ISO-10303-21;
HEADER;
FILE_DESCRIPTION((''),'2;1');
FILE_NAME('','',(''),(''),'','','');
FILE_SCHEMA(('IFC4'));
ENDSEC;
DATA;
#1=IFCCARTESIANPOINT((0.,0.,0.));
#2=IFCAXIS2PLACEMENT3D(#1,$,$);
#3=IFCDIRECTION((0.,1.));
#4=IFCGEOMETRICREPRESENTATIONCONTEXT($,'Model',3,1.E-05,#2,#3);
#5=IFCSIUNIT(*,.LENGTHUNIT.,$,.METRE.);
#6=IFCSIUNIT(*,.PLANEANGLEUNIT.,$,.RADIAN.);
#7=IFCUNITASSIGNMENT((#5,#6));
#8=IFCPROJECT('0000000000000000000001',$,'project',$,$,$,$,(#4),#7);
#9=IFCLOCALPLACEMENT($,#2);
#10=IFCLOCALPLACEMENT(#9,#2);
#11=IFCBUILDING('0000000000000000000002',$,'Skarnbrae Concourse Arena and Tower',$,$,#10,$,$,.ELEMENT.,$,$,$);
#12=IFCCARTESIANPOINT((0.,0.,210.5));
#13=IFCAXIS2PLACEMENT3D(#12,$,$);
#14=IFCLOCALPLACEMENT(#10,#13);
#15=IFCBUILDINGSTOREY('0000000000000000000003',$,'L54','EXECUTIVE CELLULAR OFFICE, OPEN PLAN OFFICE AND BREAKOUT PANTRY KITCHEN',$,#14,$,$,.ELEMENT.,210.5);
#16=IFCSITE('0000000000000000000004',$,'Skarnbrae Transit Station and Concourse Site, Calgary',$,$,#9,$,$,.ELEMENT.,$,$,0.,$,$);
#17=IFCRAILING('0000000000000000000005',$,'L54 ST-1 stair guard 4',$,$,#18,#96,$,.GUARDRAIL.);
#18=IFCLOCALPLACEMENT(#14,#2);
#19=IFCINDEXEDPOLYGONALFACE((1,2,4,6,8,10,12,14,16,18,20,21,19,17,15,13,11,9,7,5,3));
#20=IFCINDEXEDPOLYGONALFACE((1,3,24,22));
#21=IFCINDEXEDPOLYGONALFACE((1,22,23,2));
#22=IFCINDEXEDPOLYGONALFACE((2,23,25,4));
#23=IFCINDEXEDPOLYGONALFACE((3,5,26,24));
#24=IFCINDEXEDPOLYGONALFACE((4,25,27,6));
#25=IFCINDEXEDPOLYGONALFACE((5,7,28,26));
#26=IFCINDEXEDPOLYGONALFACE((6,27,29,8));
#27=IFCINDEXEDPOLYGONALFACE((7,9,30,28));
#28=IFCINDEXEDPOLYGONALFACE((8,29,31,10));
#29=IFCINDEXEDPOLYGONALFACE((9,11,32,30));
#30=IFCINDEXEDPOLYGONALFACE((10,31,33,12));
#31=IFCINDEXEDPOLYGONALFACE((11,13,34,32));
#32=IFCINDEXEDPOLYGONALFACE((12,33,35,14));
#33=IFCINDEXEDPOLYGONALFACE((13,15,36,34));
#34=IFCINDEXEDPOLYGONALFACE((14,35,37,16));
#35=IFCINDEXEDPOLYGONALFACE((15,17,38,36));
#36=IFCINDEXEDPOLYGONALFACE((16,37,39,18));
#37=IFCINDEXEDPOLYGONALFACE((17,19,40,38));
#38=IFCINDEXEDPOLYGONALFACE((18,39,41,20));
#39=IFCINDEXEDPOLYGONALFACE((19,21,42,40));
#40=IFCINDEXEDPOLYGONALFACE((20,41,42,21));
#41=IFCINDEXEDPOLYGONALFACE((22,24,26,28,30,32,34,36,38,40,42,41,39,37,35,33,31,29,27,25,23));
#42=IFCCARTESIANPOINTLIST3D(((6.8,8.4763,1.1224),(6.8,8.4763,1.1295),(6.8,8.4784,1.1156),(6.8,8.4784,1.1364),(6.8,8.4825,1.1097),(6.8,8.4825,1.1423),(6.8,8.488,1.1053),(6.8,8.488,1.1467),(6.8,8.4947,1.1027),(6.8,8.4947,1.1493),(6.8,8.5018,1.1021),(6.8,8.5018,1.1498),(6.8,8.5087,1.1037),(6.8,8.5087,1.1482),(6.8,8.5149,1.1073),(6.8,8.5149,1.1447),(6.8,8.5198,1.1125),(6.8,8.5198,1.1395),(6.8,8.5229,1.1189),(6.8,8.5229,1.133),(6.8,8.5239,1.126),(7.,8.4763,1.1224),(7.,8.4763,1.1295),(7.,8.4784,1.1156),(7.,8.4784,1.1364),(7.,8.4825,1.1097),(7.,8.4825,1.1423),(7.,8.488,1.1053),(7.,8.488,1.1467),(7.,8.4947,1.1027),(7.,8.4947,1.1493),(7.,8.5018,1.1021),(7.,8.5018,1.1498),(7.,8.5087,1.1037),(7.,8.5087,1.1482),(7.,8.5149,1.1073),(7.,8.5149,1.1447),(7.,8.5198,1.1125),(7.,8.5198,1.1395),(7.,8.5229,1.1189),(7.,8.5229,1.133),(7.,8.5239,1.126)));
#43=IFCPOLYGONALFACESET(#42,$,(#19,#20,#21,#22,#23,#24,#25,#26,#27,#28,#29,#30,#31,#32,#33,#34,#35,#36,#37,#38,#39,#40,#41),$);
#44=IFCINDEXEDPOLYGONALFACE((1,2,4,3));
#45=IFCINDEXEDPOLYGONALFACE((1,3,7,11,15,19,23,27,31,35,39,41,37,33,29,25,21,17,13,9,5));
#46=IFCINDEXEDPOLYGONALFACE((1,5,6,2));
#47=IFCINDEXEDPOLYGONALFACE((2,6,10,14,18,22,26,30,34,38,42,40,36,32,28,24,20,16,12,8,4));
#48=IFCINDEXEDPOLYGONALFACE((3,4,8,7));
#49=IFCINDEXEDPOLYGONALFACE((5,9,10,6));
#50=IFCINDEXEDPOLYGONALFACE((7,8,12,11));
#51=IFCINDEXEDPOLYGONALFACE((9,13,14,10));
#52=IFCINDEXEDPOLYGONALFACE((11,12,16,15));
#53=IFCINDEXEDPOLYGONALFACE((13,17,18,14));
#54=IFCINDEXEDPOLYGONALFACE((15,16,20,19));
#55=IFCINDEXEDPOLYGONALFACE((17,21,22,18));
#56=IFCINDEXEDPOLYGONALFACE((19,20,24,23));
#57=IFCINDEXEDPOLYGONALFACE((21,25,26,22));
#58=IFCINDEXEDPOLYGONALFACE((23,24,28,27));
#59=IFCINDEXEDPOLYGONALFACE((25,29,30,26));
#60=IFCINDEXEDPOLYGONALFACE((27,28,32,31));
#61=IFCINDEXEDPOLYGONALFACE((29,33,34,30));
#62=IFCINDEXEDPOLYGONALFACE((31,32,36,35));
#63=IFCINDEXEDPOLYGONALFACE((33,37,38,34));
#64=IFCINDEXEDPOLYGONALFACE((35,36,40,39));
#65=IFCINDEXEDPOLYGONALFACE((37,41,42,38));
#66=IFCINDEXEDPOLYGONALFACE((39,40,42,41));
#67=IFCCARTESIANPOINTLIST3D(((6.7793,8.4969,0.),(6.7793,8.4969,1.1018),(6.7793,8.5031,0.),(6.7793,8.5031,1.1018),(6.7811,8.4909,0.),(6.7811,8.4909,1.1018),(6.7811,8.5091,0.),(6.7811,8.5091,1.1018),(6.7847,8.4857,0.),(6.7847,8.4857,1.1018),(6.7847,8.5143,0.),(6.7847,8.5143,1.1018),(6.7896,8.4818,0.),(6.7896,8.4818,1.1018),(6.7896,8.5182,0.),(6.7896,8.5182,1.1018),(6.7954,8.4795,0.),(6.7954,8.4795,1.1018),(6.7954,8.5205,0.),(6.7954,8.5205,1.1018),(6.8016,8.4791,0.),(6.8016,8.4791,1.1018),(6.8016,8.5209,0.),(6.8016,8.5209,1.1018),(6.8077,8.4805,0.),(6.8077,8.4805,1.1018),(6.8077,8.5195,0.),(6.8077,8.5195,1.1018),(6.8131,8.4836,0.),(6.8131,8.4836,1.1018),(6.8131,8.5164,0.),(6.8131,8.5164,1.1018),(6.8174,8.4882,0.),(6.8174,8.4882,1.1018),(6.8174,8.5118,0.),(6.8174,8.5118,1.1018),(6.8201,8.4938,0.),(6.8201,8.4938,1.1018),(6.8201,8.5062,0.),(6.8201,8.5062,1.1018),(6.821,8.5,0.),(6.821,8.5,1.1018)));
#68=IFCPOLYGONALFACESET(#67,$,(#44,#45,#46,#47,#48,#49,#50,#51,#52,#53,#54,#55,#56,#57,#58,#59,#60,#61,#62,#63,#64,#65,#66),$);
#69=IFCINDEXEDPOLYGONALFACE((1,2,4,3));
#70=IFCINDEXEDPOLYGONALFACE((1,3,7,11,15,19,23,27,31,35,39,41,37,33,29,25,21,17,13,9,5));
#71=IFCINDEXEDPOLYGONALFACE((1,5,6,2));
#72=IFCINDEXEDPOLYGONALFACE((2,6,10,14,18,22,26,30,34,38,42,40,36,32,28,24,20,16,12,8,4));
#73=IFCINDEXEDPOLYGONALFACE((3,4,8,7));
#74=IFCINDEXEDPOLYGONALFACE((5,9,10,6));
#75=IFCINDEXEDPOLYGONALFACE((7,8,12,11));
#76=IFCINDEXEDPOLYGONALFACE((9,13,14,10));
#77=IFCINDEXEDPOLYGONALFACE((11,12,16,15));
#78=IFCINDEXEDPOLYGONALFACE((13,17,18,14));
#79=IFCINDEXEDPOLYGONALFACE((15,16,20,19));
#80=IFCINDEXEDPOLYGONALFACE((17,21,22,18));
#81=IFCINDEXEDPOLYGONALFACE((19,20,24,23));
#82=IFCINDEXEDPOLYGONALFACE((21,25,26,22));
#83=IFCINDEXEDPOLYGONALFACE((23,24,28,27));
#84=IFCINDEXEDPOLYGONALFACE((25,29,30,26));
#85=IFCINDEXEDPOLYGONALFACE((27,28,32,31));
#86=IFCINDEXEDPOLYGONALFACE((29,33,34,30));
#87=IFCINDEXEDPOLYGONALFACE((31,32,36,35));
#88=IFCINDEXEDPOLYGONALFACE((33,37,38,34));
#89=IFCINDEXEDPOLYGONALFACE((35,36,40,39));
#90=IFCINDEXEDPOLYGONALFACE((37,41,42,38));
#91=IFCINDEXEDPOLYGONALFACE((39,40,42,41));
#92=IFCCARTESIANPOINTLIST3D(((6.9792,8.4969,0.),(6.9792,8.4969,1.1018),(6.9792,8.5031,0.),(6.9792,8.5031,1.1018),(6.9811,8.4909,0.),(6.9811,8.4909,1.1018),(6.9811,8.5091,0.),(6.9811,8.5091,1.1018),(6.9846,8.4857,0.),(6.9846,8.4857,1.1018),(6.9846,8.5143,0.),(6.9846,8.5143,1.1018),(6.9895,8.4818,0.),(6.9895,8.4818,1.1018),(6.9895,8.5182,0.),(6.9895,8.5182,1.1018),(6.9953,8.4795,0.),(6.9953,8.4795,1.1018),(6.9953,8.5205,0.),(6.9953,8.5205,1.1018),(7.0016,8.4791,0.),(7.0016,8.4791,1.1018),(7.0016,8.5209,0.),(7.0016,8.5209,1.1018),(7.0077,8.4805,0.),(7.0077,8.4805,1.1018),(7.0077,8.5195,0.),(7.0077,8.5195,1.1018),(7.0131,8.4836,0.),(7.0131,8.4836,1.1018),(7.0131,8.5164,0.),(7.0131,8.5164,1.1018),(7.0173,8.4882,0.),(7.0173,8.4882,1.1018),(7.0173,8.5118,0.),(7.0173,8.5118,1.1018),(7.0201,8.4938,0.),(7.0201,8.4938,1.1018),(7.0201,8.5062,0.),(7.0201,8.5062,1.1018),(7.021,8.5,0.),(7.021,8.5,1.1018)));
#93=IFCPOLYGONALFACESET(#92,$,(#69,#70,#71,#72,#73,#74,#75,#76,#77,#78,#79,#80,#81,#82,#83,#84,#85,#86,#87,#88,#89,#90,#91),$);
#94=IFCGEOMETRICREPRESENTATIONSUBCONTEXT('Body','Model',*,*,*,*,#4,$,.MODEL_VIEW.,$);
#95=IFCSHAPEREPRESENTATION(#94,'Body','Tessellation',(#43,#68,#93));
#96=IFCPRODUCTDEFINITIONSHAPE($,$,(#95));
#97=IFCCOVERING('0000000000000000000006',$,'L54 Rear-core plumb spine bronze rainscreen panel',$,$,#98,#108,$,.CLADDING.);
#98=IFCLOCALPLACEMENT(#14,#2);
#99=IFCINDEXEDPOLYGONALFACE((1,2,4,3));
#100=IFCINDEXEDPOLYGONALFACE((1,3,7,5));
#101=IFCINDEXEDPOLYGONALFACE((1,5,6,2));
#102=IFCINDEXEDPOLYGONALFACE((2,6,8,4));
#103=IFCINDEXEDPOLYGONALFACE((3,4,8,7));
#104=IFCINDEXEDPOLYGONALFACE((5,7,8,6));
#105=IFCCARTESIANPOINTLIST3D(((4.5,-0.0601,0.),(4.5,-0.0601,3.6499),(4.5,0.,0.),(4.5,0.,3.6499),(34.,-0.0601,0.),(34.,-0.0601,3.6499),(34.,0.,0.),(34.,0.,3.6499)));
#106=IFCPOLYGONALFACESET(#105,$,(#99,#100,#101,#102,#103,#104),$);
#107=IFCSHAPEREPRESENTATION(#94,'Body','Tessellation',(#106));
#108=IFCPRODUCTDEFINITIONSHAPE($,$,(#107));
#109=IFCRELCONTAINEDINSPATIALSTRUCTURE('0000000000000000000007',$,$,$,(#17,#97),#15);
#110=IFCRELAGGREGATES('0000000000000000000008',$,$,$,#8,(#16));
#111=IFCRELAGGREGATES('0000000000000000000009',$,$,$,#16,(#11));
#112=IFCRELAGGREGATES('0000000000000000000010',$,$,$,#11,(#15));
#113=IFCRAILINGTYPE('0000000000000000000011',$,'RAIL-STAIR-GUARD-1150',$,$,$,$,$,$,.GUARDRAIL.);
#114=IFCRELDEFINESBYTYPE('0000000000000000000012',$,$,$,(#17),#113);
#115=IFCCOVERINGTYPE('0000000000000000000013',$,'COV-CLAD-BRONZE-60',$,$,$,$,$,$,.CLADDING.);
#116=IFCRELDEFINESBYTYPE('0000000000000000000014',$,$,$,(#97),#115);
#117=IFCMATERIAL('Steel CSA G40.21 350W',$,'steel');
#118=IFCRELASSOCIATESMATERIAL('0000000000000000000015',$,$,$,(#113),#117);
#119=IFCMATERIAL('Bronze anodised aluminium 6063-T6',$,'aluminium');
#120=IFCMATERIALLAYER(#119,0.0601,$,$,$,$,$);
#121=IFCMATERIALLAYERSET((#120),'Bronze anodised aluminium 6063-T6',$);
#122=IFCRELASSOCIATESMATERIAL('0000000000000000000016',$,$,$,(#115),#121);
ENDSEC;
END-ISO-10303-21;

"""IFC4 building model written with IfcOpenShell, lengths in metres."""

from ifc_helpers import new_model, si_unit, direction, frame, origin, origin_2d, place, context, subcontext, project, spatial, rectangle, circle, extrude, source, transform, mapped, material, layer, layer_set, type_object, element, save


model = new_model("IFC4")

# Units and contexts
model_context = context("Model", 3, precision=1e-05, world=origin(), true_north=direction((0.0, 1.0)))
body_context = subcontext(model_context, "Body", "Model", "MODEL_VIEW")
ifc_project = project(units=[si_unit("LENGTHUNIT", "METRE"), si_unit("PLANEANGLEUNIT", "RADIAN")], contexts=[model_context])

# Site, building, storey
site_placement = place(None, origin())
site = spatial("IfcSite", under=ifc_project, at=site_placement, Name="Skarnbrae Transit Station and Concourse Site, Calgary", CompositionType="ELEMENT", RefElevation=0.0)
building_placement = place(site_placement, origin())
building = spatial("IfcBuilding", under=site, at=building_placement, Name="Skarnbrae Concourse Arena and Tower", CompositionType="ELEMENT")
storey_placement = place(building_placement, frame((0.0, 0.0, 210.5)))
storey = spatial("IfcBuildingStorey", under=building, at=storey_placement, Name="L54", Description="EXECUTIVE CELLULAR OFFICE, OPEN PLAN OFFICE AND BREAKOUT PANTRY KITCHEN", CompositionType="ELEMENT", Elevation=210.5)

# Shared definitions
ifc_material_1 = material(Name="Steel CSA G40.21 350W", Category="steel")

# Railing
railing_type_1 = type_object("IfcRailingType", Name="RAIL-STAIR-GUARD-1150", PredefinedType="GUARDRAIL", material=ifc_material_1)
railing_1_placement = place(storey_placement, frame((6.8, 8.5, 0.0)))
element("IfcRailing", 1, at=railing_1_placement, inside=storey, type_object=railing_type_1, Name="L54 ST-1 stair guard 4", PredefinedType="GUARDRAIL", context=body_context, shape_type="SweptSolid", body=[
    extrude(circle(Radius=0.0239, at=origin_2d()), frame((0.0, 0.0, 1.126), z_axis=(1.0, 0.0, 0.0), x_axis=(0.0, 1.0, 0.0)), (0.0, 0.0, 1.0), 0.2),
    extrude(circle(Radius=0.021, at=origin_2d()), origin(), (0.0, 0.0, 1.0), 1.1018),
    extrude(circle(Radius=0.021, at=origin_2d()), frame((0.2, 0.0, 0.0)), (0.0, 0.0, 1.0), 1.1018),
])

# Covering
ifc_material_2 = material(Name="Bronze anodised aluminium 6063-T6", Category="aluminium")
ifc_layer_1 = layer(ifc_material_2, 0.0601)
ifc_layer_set_1 = layer_set([ifc_layer_1], Name="Bronze anodised aluminium 6063-T6")
covering_type = type_object("IfcCoveringType", Name="COV-CLAD-BRONZE-60", PredefinedType="CLADDING", material=ifc_layer_set_1)
shared_shape_1 = source(origin(), body_context, "Body", "SweptSolid", [
    extrude(rectangle(XDim=29.5, YDim=0.0601, at=origin_2d()), origin(), (0.0, 0.0, 1.0), 3.6499),
])
covering_placement = place(storey_placement, frame((19.25, -0.03, 0.0), z_axis=(0.0, 0.0, 1.0), x_axis=(1.0, 0.0, 0.0)))
element("IfcCovering", 2, at=covering_placement, inside=storey, type_object=covering_type, Name="L54 Rear-core plumb spine bronze rainscreen panel", PredefinedType="CLADDING", context=body_context, shape_type="MappedRepresentation", body=[
    mapped(shared_shape_1, transform((0.0, 0.0, 0.0))),
])

save(model, "model.ifc")
